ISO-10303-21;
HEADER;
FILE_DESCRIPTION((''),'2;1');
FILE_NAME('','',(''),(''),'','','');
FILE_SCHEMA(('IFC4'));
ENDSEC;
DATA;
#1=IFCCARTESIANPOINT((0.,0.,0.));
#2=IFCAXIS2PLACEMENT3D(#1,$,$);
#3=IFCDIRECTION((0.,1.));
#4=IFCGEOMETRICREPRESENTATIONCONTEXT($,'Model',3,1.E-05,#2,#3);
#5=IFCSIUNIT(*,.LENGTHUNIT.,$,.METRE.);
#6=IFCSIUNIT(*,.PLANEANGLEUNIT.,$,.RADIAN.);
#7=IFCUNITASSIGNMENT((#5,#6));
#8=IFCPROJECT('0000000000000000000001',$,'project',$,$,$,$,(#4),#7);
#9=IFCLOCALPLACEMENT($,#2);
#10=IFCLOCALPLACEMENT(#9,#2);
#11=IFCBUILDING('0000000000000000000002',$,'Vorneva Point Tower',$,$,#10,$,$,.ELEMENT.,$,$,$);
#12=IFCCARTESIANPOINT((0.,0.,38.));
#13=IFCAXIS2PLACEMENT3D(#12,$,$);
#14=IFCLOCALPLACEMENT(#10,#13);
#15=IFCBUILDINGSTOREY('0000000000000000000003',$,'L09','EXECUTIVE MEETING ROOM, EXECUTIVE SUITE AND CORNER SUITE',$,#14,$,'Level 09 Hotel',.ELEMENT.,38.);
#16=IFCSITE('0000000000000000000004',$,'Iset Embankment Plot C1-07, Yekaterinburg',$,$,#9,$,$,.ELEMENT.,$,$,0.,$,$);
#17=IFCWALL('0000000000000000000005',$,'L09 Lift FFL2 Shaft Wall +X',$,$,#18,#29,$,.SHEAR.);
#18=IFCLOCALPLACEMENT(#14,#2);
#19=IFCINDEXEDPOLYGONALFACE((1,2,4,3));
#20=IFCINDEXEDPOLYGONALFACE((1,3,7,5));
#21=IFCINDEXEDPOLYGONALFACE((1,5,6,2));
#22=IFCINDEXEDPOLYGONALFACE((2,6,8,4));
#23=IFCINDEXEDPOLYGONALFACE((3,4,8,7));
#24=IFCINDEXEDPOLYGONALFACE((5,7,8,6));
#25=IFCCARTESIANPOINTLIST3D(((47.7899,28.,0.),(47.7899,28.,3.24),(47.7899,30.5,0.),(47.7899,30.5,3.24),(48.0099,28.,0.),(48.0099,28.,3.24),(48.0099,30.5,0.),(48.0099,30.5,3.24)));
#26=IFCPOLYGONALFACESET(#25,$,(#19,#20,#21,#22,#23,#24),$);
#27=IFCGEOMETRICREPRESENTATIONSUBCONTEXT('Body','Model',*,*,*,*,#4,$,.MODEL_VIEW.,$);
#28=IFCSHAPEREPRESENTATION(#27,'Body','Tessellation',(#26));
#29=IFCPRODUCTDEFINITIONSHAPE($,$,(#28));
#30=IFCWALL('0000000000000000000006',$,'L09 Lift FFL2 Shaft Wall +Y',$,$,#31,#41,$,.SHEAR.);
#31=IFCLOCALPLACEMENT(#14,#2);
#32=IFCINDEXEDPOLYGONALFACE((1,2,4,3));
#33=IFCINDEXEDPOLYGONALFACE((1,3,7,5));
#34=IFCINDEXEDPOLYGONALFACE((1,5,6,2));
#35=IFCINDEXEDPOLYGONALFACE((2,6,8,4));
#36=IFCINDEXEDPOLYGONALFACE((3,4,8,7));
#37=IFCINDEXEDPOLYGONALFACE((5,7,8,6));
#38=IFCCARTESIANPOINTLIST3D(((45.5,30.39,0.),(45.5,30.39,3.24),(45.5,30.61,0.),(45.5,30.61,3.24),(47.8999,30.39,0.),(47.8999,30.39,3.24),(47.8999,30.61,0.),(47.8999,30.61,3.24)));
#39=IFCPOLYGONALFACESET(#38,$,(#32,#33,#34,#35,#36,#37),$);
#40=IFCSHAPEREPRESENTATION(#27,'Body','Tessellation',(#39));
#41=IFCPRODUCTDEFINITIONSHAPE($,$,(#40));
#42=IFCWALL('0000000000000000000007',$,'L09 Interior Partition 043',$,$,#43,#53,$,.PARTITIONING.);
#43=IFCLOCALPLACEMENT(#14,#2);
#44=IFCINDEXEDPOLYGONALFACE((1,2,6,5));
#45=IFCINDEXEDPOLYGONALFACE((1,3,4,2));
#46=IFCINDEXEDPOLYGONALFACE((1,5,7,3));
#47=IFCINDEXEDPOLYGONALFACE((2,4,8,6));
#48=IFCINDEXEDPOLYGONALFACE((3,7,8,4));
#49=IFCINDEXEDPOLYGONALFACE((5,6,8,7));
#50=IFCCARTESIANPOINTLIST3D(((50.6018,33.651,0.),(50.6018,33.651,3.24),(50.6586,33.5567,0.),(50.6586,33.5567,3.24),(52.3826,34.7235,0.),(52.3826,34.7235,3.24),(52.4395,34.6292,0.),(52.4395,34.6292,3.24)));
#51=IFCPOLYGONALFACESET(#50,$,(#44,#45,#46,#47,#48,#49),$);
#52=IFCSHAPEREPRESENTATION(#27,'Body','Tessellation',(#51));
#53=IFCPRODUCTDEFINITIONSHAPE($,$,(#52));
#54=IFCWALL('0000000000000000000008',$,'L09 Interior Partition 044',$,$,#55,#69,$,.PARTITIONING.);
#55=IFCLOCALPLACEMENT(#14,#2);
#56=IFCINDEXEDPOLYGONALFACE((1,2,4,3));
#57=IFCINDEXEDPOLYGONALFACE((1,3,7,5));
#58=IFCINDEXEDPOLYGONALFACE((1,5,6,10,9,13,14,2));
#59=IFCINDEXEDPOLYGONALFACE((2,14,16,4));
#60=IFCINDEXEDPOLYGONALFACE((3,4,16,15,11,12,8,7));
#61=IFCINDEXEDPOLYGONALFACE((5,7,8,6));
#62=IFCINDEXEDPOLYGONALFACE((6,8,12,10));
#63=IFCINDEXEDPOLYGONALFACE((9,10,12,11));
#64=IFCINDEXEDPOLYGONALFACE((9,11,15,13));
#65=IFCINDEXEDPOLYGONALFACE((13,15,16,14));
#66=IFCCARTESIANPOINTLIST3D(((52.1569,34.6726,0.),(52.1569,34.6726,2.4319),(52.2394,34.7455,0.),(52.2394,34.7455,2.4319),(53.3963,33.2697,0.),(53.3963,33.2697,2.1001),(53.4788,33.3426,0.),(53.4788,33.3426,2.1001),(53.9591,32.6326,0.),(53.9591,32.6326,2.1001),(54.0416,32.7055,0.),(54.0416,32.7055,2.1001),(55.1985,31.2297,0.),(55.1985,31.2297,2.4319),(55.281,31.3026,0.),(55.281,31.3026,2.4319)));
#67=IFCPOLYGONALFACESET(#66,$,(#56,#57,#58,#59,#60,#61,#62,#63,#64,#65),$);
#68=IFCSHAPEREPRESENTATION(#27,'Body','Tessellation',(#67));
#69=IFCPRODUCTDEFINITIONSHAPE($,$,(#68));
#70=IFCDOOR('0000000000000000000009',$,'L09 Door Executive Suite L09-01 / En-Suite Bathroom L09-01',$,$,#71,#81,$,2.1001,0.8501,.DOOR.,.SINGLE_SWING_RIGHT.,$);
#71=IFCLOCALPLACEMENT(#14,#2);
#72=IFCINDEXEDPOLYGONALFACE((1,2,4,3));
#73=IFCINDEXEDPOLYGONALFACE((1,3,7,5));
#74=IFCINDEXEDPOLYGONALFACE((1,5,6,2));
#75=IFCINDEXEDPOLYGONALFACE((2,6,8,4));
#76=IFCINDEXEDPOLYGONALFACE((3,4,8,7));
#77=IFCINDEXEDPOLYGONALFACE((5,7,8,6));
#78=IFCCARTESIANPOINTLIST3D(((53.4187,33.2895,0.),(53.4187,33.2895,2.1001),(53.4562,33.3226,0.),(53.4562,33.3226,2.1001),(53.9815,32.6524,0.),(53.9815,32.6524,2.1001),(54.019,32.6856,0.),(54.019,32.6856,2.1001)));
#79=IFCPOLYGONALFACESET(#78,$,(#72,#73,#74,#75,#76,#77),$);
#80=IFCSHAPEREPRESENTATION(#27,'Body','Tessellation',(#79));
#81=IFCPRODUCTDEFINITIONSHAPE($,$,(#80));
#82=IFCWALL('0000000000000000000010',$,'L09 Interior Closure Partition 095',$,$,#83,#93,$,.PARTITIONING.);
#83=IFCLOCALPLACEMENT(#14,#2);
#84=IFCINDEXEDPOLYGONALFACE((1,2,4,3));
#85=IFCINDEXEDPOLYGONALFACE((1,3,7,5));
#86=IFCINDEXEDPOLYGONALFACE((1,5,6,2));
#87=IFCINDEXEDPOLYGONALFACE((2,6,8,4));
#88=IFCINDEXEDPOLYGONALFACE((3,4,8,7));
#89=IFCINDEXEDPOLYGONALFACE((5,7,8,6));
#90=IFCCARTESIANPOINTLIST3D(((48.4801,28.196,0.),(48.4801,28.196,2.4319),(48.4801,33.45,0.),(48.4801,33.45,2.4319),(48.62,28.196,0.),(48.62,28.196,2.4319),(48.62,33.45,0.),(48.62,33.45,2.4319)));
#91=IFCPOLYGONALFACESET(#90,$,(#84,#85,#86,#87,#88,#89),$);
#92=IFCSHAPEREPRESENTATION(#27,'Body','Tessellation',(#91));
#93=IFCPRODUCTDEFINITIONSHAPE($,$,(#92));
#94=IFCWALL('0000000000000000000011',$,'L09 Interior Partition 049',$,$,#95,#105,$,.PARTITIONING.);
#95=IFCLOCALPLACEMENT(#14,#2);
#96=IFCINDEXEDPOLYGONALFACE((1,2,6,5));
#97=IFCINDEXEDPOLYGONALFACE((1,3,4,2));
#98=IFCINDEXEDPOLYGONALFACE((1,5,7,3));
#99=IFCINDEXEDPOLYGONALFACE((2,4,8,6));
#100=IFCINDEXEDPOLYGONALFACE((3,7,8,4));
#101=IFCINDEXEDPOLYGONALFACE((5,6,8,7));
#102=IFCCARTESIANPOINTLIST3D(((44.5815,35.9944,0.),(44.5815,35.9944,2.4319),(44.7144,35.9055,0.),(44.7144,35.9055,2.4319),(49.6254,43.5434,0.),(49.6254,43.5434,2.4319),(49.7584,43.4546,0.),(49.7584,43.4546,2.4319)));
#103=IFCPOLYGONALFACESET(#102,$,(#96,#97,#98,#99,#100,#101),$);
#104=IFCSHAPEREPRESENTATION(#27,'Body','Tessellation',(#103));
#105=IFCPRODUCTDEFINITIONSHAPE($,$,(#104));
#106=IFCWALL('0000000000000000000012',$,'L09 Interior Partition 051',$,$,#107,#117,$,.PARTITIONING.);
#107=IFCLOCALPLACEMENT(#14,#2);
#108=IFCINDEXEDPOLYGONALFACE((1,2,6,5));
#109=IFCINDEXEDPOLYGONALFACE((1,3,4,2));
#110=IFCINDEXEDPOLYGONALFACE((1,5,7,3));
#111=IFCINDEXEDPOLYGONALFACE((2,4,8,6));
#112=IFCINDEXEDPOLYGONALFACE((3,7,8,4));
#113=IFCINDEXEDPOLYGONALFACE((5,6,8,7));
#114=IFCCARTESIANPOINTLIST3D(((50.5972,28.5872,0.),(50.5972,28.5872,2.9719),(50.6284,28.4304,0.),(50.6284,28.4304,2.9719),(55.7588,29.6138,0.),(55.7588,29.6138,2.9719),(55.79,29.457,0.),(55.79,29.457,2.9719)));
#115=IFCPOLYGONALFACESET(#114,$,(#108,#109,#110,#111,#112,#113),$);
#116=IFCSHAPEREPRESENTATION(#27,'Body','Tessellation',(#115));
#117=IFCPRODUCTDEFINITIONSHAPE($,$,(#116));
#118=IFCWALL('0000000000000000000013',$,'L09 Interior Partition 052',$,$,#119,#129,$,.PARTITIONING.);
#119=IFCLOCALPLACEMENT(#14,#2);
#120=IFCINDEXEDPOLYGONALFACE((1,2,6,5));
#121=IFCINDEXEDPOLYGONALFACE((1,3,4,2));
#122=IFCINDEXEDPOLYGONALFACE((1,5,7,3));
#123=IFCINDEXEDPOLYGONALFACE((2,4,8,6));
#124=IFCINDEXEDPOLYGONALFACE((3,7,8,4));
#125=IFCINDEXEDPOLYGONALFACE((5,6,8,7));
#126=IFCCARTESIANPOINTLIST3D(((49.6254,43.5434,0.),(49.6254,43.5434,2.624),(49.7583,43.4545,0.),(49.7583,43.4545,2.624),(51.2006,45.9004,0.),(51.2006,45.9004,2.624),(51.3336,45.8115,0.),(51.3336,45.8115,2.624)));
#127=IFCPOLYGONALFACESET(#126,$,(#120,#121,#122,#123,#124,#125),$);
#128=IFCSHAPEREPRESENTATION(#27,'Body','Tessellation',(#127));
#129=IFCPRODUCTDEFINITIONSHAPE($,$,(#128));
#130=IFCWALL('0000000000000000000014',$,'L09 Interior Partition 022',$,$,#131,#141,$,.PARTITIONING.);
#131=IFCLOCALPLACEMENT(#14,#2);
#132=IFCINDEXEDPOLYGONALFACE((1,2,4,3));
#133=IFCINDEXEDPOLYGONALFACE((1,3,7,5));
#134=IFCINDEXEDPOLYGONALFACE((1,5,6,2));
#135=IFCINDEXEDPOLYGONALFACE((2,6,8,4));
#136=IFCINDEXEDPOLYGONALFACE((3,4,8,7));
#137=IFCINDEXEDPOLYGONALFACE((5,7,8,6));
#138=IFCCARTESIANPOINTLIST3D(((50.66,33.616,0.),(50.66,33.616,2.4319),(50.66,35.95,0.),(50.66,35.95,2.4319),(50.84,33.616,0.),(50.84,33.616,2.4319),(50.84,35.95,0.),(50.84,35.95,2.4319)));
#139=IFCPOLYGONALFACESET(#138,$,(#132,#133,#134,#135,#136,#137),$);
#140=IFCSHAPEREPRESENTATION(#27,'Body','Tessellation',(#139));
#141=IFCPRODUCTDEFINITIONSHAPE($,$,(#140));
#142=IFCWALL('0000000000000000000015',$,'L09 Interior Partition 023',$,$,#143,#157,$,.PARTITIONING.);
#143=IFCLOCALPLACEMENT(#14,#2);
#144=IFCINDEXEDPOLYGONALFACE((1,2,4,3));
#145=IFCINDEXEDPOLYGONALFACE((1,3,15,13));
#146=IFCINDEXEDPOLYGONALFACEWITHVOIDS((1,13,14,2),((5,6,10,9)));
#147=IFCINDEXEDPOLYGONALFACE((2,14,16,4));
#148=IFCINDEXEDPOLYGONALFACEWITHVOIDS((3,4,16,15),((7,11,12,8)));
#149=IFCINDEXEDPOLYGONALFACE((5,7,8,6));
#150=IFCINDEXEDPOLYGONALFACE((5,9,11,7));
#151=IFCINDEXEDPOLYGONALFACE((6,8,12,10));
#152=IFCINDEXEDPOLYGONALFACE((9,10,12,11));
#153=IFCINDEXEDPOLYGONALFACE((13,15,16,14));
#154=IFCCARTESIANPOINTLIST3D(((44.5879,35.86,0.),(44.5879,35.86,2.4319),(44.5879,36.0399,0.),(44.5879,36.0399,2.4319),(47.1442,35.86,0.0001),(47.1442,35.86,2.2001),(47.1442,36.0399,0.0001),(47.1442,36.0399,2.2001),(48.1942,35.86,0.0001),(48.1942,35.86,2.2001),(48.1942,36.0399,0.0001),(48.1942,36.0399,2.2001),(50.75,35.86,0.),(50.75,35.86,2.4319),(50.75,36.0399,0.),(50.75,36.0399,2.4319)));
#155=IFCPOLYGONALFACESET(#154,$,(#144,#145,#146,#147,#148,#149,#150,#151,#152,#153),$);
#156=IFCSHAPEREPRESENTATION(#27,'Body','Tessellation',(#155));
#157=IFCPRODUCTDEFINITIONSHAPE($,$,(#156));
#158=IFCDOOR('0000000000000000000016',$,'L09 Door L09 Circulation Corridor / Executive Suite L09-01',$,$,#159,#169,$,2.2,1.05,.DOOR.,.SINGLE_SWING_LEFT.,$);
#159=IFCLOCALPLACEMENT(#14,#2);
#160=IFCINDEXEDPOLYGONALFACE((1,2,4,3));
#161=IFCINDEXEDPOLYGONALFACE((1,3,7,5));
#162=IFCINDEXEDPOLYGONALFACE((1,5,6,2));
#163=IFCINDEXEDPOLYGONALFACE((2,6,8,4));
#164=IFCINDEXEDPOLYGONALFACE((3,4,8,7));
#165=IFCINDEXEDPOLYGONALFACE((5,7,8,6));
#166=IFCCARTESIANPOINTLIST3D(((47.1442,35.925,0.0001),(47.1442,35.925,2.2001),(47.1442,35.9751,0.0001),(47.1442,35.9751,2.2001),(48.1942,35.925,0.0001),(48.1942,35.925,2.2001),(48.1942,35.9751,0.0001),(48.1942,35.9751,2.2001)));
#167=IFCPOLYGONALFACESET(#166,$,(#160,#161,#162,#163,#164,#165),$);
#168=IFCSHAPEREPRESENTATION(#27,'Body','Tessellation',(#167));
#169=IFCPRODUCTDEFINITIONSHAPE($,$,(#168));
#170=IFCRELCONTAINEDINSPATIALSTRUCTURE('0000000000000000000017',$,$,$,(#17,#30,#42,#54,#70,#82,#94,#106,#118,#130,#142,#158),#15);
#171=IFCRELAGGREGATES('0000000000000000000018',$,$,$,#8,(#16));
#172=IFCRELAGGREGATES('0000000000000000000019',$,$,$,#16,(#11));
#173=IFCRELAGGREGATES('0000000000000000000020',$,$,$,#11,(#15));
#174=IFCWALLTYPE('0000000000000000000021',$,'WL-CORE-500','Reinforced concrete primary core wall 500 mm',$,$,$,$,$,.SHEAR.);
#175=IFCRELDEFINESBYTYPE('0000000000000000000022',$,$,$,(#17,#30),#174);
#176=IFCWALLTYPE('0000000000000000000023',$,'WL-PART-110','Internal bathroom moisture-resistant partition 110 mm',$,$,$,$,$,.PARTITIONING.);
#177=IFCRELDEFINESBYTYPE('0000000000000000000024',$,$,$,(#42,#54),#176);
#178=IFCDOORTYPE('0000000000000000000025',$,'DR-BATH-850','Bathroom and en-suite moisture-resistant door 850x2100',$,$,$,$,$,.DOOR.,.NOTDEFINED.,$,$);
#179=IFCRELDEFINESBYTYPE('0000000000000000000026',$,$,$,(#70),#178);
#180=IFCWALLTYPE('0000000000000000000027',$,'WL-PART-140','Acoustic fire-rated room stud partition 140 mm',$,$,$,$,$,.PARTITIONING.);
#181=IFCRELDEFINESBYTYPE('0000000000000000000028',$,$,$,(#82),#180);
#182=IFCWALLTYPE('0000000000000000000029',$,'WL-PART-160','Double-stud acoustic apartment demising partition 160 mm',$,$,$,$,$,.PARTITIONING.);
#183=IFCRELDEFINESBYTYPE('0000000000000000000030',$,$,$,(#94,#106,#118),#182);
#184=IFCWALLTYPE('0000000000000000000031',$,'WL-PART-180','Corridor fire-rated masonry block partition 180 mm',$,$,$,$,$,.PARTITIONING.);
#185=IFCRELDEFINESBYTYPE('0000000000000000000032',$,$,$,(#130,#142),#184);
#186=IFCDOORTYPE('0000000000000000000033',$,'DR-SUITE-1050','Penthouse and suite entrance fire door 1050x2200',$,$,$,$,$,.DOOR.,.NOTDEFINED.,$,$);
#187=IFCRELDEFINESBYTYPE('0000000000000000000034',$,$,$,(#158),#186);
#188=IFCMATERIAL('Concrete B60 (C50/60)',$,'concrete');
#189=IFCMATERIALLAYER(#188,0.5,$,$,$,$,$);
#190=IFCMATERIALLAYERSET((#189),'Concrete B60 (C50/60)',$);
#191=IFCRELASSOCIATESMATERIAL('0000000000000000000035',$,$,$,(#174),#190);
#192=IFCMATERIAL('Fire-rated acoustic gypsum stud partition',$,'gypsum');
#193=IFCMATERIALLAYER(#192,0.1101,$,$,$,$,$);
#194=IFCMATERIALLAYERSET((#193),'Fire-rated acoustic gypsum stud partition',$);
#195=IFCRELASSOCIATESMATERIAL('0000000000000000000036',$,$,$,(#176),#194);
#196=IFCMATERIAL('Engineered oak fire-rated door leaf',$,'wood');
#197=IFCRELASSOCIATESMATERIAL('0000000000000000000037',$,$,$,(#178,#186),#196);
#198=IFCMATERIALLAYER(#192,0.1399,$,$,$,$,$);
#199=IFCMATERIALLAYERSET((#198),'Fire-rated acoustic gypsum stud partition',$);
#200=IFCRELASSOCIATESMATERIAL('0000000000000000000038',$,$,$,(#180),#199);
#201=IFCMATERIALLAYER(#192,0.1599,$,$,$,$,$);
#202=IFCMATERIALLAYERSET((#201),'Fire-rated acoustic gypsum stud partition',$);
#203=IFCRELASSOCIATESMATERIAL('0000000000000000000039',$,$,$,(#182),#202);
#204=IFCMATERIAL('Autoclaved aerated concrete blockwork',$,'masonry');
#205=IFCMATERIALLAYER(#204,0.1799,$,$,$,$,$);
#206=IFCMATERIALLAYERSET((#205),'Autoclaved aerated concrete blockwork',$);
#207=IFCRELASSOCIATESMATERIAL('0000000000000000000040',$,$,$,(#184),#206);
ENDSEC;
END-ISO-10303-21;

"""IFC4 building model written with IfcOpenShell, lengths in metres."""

from ifc_helpers import new_model, si_unit, direction, frame, frame_2d, origin, place, context, subcontext, project, spatial, rectangle, extrude, material, layer, layer_set, type_object, element, fill, save


model = new_model("IFC4")

# Units and contexts
model_context = context("Model", 3, precision=1e-05, world=origin(), true_north=direction((0.0, 1.0)))
body_context = subcontext(model_context, "Body", "Model", "MODEL_VIEW")
ifc_project = project(units=[si_unit("LENGTHUNIT", "METRE"), si_unit("PLANEANGLEUNIT", "RADIAN")], contexts=[model_context])

# Site, building, storey
site_placement = place(None, origin())
site = spatial("IfcSite", under=ifc_project, at=site_placement, Name="Iset Embankment Plot C1-07, Yekaterinburg", CompositionType="ELEMENT", RefElevation=0.0)
building_placement = place(site_placement, origin())
building = spatial("IfcBuilding", under=site, at=building_placement, Name="Vorneva Point Tower", CompositionType="ELEMENT")
storey_placement = place(building_placement, frame((0.0, 0.0, 38.0)))
storey = spatial("IfcBuildingStorey", under=building, at=storey_placement, Name="L09", Description="EXECUTIVE MEETING ROOM, EXECUTIVE SUITE AND CORNER SUITE", LongName="Level 09 Hotel", CompositionType="ELEMENT", Elevation=38.0)

# Shared definitions
ifc_material_1 = material(Name="Concrete B60 (C50/60)", Category="concrete")

# Walls
ifc_layer_1 = layer(ifc_material_1, 0.5)
ifc_layer_set_1 = layer_set([ifc_layer_1], Name="Concrete B60 (C50/60)")
wall_type_1 = type_object("IfcWallType", Name="WL-CORE-500", Description="Reinforced concrete primary core wall 500 mm", PredefinedType="SHEAR", material=ifc_layer_set_1)
wall_1_placement = place(storey_placement, frame((47.8999, 28.0, 0.0), z_axis=(0.0, 0.0, 1.0), x_axis=(0.0, 1.0, 0.0)))
element("IfcWall", 1, at=wall_1_placement, inside=storey, type_object=wall_type_1, Name="L09 Lift FFL2 Shaft Wall +X", PredefinedType="SHEAR", context=body_context, shape_type="SweptSolid", body=[
    extrude(rectangle(XDim=2.5, YDim=0.22, at=frame_2d((1.25, 0.0))), origin(), (0.0, 0.0, 1.0), 3.24),
])
wall_2_placement = place(storey_placement, frame((47.8999, 30.5, 0.0), z_axis=(0.0, 0.0, 1.0), x_axis=(-1.0, 0.0, 0.0)))
element("IfcWall", 2, at=wall_2_placement, inside=storey, type_object=wall_type_1, Name="L09 Lift FFL2 Shaft Wall +Y", PredefinedType="SHEAR", context=body_context, shape_type="SweptSolid", body=[
    extrude(rectangle(XDim=2.3999, YDim=0.22, at=frame_2d((1.2, 0.0))), origin(), (0.0, 0.0, 1.0), 3.24),
])
ifc_material_2 = material(Name="Fire-rated acoustic gypsum stud partition", Category="gypsum")
ifc_layer_2 = layer(ifc_material_2, 0.1101)
ifc_layer_set_2 = layer_set([ifc_layer_2], Name="Fire-rated acoustic gypsum stud partition")
wall_type_2 = type_object("IfcWallType", Name="WL-PART-110", Description="Internal bathroom moisture-resistant partition 110 mm", PredefinedType="PARTITIONING", material=ifc_layer_set_2)
wall_3_placement = place(storey_placement, frame((50.6301, 33.6038, 0.0), z_axis=(0.0, 0.0, 1.0), x_axis=(0.856632, 0.515929, 0.0)))
element("IfcWall", 3, at=wall_3_placement, inside=storey, type_object=wall_type_2, Name="L09 Interior Partition 043", PredefinedType="PARTITIONING", context=body_context, shape_type="SweptSolid", body=[
    extrude(rectangle(XDim=2.0789, YDim=0.1101, at=frame_2d((1.0396, 0.0))), origin(), (0.0, 0.0, 1.0), 3.24),
])

# Wall, opening, door
wall_4_placement = place(storey_placement, frame((52.1982, 34.709, 0.0), z_axis=(0.0, 0.0, 1.0), x_axis=(0.662071, -0.749441, 0.0)))
wall_4 = element("IfcWall", 4, at=wall_4_placement, inside=storey, type_object=wall_type_2, Name="L09 Interior Partition 044", PredefinedType="PARTITIONING", context=body_context, shape_type="SweptSolid", body=[
    extrude(rectangle(XDim=4.594, YDim=0.1101, at=frame_2d((2.2969, 0.0))), origin(), (0.0, 0.0, 1.0), 2.4319),
])
opening_1_placement = place(wall_4_placement, frame((1.8718, 0.0, 0.0)))
opening_1 = element("IfcOpeningElement", 5, at=opening_1_placement, cuts=wall_4, PredefinedType="OPENING", context=body_context, shape_type="SweptSolid", body=[
    extrude(rectangle(XDim=0.8501, YDim=2.1001, at=frame_2d((0.425, 1.05))), frame((0.0, 0.0698, 0.0), z_axis=(0.0, -1.0, 0.0), x_axis=(1.0, 0.0, 0.0)), (0.0, 0.0, 1.0), 0.1399),
])
ifc_material_3 = material(Name="Engineered oak fire-rated door leaf", Category="wood")
door_type_1 = type_object("IfcDoorType", Name="DR-BATH-850", Description="Bathroom and en-suite moisture-resistant door 850x2100", OperationType="NOTDEFINED", PredefinedType="DOOR", material=ifc_material_3)
door_1_placement = place(opening_1_placement, origin())
door_1 = element("IfcDoor", 6, at=door_1_placement, inside=storey, type_object=door_type_1, Name="L09 Door Executive Suite L09-01 / En-Suite Bathroom L09-01", OperationType="SINGLE_SWING_RIGHT", OverallHeight=2.1001, OverallWidth=0.8501, PredefinedType="DOOR", context=body_context, shape_type="SweptSolid", body=[
    extrude(rectangle(XDim=0.8501, YDim=2.1001, at=frame_2d((0.425, 1.05))), frame((0.0, 0.0249, 0.0), z_axis=(0.0, -1.0, 0.0), x_axis=(1.0, 0.0, 0.0)), (0.0, 0.0, 1.0), 0.05),
])
fill(opening_1, door_1)

# Walls
ifc_layer_3 = layer(ifc_material_2, 0.1399)
ifc_layer_set_3 = layer_set([ifc_layer_3], Name="Fire-rated acoustic gypsum stud partition")
wall_type_3 = type_object("IfcWallType", Name="WL-PART-140", Description="Acoustic fire-rated room stud partition 140 mm", PredefinedType="PARTITIONING", material=ifc_layer_set_3)
wall_5_placement = place(storey_placement, frame((48.55, 33.45, 0.0), z_axis=(0.0, 0.0, 1.0), x_axis=(0.0, -1.0, 0.0)))
element("IfcWall", 7, at=wall_5_placement, inside=storey, type_object=wall_type_3, Name="L09 Interior Closure Partition 095", PredefinedType="PARTITIONING", context=body_context, shape_type="SweptSolid", body=[
    extrude(rectangle(XDim=5.2539, YDim=0.1399, at=frame_2d((2.627, 0.0))), origin(), (0.0, 0.0, 1.0), 2.4319),
])
ifc_layer_4 = layer(ifc_material_2, 0.1599)
ifc_layer_set_4 = layer_set([ifc_layer_4], Name="Fire-rated acoustic gypsum stud partition")
wall_type_4 = type_object("IfcWallType", Name="WL-PART-160", Description="Double-stud acoustic apartment demising partition 160 mm", PredefinedType="PARTITIONING", material=ifc_layer_set_4)
wall_6_placement = place(storey_placement, frame((49.6919, 43.499, 0.0), z_axis=(0.0, 0.0, 1.0), x_axis=(-0.555556, -0.831479, 0.0)))
element("IfcWall", 8, at=wall_6_placement, inside=storey, type_object=wall_type_4, Name="L09 Interior Partition 049", PredefinedType="PARTITIONING", context=body_context, shape_type="SweptSolid", body=[
    extrude(rectangle(XDim=9.0791, YDim=0.1599, at=frame_2d((4.5396, 0.0))), origin(), (0.0, 0.0, 1.0), 2.4319),
])
wall_7_placement = place(storey_placement, frame((50.6128, 28.5088, 0.0), z_axis=(0.0, 0.0, 1.0), x_axis=(0.980789, 0.195072, 0.0)))
element("IfcWall", 9, at=wall_7_placement, inside=storey, type_object=wall_type_4, Name="L09 Interior Partition 051", PredefinedType="PARTITIONING", context=body_context, shape_type="SweptSolid", body=[
    extrude(rectangle(XDim=5.2627, YDim=0.1599, at=frame_2d((2.6313, 0.0))), origin(), (0.0, 0.0, 1.0), 2.9719),
])
wall_8_placement = place(storey_placement, frame((51.2671, 45.856, 0.0), z_axis=(0.0, 0.0, 1.0), x_axis=(-0.555654, -0.831414, 0.0)))
element("IfcWall", 10, at=wall_8_placement, inside=storey, type_object=wall_type_4, Name="L09 Interior Partition 052", PredefinedType="PARTITIONING", context=body_context, shape_type="SweptSolid", body=[
    extrude(rectangle(XDim=2.835, YDim=0.1599, at=frame_2d((1.4175, 0.0))), origin(), (0.0, 0.0, 1.0), 2.624),
])
ifc_material_4 = material(Name="Autoclaved aerated concrete blockwork", Category="masonry")
ifc_layer_5 = layer(ifc_material_4, 0.1799)
ifc_layer_set_5 = layer_set([ifc_layer_5], Name="Autoclaved aerated concrete blockwork")
wall_type_5 = type_object("IfcWallType", Name="WL-PART-180", Description="Corridor fire-rated masonry block partition 180 mm", PredefinedType="PARTITIONING", material=ifc_layer_set_5)
wall_9_placement = place(storey_placement, frame((50.75, 33.616, 0.0), z_axis=(0.0, 0.0, 1.0), x_axis=(0.0, 1.0, 0.0)))
element("IfcWall", 11, at=wall_9_placement, inside=storey, type_object=wall_type_5, Name="L09 Interior Partition 022", PredefinedType="PARTITIONING", context=body_context, shape_type="SweptSolid", body=[
    extrude(rectangle(XDim=2.334, YDim=0.1799, at=frame_2d((1.167, 0.0))), origin(), (0.0, 0.0, 1.0), 2.4319),
])

# Wall, opening, door
wall_10_placement = place(storey_placement, frame((50.75, 35.95, 0.0), z_axis=(0.0, 0.0, 1.0), x_axis=(-1.0, 0.0, 0.0)))
wall_10 = element("IfcWall", 12, at=wall_10_placement, inside=storey, type_object=wall_type_5, Name="L09 Interior Partition 023", PredefinedType="PARTITIONING", context=body_context, shape_type="SweptSolid", body=[
    extrude(rectangle(XDim=6.1621, YDim=0.1799, at=frame_2d((3.0811, 0.0))), origin(), (0.0, 0.0, 1.0), 2.4319),
])
opening_2_placement = place(wall_10_placement, frame((2.5559, 0.0, 0.0)))
opening_2 = element("IfcOpeningElement", 13, at=opening_2_placement, cuts=wall_10, PredefinedType="OPENING", context=body_context, shape_type="SweptSolid", body=[
    extrude(rectangle(XDim=1.05, YDim=2.2, at=frame_2d((0.5249, 1.1001))), frame((0.0, 0.105, 0.0), z_axis=(0.0, -1.0, 0.0), x_axis=(1.0, 0.0, 0.0)), (0.0, 0.0, 1.0), 0.2097),
])
door_type_2 = type_object("IfcDoorType", Name="DR-SUITE-1050", Description="Penthouse and suite entrance fire door 1050x2200", OperationType="NOTDEFINED", PredefinedType="DOOR", material=ifc_material_3)
door_2_placement = place(opening_2_placement, origin())
door_2 = element("IfcDoor", 14, at=door_2_placement, inside=storey, type_object=door_type_2, Name="L09 Door L09 Circulation Corridor / Executive Suite L09-01", OperationType="SINGLE_SWING_LEFT", OverallHeight=2.2, OverallWidth=1.05, PredefinedType="DOOR", context=body_context, shape_type="SweptSolid", body=[
    extrude(rectangle(XDim=1.05, YDim=2.2, at=frame_2d((0.5249, 1.1001))), frame((0.0, 0.0249, 0.0), z_axis=(0.0, -1.0, 0.0), x_axis=(1.0, 0.0, 0.0)), (0.0, 0.0, 1.0), 0.05),
])
fill(opening_2, door_2)

save(model, "model.ifc")
